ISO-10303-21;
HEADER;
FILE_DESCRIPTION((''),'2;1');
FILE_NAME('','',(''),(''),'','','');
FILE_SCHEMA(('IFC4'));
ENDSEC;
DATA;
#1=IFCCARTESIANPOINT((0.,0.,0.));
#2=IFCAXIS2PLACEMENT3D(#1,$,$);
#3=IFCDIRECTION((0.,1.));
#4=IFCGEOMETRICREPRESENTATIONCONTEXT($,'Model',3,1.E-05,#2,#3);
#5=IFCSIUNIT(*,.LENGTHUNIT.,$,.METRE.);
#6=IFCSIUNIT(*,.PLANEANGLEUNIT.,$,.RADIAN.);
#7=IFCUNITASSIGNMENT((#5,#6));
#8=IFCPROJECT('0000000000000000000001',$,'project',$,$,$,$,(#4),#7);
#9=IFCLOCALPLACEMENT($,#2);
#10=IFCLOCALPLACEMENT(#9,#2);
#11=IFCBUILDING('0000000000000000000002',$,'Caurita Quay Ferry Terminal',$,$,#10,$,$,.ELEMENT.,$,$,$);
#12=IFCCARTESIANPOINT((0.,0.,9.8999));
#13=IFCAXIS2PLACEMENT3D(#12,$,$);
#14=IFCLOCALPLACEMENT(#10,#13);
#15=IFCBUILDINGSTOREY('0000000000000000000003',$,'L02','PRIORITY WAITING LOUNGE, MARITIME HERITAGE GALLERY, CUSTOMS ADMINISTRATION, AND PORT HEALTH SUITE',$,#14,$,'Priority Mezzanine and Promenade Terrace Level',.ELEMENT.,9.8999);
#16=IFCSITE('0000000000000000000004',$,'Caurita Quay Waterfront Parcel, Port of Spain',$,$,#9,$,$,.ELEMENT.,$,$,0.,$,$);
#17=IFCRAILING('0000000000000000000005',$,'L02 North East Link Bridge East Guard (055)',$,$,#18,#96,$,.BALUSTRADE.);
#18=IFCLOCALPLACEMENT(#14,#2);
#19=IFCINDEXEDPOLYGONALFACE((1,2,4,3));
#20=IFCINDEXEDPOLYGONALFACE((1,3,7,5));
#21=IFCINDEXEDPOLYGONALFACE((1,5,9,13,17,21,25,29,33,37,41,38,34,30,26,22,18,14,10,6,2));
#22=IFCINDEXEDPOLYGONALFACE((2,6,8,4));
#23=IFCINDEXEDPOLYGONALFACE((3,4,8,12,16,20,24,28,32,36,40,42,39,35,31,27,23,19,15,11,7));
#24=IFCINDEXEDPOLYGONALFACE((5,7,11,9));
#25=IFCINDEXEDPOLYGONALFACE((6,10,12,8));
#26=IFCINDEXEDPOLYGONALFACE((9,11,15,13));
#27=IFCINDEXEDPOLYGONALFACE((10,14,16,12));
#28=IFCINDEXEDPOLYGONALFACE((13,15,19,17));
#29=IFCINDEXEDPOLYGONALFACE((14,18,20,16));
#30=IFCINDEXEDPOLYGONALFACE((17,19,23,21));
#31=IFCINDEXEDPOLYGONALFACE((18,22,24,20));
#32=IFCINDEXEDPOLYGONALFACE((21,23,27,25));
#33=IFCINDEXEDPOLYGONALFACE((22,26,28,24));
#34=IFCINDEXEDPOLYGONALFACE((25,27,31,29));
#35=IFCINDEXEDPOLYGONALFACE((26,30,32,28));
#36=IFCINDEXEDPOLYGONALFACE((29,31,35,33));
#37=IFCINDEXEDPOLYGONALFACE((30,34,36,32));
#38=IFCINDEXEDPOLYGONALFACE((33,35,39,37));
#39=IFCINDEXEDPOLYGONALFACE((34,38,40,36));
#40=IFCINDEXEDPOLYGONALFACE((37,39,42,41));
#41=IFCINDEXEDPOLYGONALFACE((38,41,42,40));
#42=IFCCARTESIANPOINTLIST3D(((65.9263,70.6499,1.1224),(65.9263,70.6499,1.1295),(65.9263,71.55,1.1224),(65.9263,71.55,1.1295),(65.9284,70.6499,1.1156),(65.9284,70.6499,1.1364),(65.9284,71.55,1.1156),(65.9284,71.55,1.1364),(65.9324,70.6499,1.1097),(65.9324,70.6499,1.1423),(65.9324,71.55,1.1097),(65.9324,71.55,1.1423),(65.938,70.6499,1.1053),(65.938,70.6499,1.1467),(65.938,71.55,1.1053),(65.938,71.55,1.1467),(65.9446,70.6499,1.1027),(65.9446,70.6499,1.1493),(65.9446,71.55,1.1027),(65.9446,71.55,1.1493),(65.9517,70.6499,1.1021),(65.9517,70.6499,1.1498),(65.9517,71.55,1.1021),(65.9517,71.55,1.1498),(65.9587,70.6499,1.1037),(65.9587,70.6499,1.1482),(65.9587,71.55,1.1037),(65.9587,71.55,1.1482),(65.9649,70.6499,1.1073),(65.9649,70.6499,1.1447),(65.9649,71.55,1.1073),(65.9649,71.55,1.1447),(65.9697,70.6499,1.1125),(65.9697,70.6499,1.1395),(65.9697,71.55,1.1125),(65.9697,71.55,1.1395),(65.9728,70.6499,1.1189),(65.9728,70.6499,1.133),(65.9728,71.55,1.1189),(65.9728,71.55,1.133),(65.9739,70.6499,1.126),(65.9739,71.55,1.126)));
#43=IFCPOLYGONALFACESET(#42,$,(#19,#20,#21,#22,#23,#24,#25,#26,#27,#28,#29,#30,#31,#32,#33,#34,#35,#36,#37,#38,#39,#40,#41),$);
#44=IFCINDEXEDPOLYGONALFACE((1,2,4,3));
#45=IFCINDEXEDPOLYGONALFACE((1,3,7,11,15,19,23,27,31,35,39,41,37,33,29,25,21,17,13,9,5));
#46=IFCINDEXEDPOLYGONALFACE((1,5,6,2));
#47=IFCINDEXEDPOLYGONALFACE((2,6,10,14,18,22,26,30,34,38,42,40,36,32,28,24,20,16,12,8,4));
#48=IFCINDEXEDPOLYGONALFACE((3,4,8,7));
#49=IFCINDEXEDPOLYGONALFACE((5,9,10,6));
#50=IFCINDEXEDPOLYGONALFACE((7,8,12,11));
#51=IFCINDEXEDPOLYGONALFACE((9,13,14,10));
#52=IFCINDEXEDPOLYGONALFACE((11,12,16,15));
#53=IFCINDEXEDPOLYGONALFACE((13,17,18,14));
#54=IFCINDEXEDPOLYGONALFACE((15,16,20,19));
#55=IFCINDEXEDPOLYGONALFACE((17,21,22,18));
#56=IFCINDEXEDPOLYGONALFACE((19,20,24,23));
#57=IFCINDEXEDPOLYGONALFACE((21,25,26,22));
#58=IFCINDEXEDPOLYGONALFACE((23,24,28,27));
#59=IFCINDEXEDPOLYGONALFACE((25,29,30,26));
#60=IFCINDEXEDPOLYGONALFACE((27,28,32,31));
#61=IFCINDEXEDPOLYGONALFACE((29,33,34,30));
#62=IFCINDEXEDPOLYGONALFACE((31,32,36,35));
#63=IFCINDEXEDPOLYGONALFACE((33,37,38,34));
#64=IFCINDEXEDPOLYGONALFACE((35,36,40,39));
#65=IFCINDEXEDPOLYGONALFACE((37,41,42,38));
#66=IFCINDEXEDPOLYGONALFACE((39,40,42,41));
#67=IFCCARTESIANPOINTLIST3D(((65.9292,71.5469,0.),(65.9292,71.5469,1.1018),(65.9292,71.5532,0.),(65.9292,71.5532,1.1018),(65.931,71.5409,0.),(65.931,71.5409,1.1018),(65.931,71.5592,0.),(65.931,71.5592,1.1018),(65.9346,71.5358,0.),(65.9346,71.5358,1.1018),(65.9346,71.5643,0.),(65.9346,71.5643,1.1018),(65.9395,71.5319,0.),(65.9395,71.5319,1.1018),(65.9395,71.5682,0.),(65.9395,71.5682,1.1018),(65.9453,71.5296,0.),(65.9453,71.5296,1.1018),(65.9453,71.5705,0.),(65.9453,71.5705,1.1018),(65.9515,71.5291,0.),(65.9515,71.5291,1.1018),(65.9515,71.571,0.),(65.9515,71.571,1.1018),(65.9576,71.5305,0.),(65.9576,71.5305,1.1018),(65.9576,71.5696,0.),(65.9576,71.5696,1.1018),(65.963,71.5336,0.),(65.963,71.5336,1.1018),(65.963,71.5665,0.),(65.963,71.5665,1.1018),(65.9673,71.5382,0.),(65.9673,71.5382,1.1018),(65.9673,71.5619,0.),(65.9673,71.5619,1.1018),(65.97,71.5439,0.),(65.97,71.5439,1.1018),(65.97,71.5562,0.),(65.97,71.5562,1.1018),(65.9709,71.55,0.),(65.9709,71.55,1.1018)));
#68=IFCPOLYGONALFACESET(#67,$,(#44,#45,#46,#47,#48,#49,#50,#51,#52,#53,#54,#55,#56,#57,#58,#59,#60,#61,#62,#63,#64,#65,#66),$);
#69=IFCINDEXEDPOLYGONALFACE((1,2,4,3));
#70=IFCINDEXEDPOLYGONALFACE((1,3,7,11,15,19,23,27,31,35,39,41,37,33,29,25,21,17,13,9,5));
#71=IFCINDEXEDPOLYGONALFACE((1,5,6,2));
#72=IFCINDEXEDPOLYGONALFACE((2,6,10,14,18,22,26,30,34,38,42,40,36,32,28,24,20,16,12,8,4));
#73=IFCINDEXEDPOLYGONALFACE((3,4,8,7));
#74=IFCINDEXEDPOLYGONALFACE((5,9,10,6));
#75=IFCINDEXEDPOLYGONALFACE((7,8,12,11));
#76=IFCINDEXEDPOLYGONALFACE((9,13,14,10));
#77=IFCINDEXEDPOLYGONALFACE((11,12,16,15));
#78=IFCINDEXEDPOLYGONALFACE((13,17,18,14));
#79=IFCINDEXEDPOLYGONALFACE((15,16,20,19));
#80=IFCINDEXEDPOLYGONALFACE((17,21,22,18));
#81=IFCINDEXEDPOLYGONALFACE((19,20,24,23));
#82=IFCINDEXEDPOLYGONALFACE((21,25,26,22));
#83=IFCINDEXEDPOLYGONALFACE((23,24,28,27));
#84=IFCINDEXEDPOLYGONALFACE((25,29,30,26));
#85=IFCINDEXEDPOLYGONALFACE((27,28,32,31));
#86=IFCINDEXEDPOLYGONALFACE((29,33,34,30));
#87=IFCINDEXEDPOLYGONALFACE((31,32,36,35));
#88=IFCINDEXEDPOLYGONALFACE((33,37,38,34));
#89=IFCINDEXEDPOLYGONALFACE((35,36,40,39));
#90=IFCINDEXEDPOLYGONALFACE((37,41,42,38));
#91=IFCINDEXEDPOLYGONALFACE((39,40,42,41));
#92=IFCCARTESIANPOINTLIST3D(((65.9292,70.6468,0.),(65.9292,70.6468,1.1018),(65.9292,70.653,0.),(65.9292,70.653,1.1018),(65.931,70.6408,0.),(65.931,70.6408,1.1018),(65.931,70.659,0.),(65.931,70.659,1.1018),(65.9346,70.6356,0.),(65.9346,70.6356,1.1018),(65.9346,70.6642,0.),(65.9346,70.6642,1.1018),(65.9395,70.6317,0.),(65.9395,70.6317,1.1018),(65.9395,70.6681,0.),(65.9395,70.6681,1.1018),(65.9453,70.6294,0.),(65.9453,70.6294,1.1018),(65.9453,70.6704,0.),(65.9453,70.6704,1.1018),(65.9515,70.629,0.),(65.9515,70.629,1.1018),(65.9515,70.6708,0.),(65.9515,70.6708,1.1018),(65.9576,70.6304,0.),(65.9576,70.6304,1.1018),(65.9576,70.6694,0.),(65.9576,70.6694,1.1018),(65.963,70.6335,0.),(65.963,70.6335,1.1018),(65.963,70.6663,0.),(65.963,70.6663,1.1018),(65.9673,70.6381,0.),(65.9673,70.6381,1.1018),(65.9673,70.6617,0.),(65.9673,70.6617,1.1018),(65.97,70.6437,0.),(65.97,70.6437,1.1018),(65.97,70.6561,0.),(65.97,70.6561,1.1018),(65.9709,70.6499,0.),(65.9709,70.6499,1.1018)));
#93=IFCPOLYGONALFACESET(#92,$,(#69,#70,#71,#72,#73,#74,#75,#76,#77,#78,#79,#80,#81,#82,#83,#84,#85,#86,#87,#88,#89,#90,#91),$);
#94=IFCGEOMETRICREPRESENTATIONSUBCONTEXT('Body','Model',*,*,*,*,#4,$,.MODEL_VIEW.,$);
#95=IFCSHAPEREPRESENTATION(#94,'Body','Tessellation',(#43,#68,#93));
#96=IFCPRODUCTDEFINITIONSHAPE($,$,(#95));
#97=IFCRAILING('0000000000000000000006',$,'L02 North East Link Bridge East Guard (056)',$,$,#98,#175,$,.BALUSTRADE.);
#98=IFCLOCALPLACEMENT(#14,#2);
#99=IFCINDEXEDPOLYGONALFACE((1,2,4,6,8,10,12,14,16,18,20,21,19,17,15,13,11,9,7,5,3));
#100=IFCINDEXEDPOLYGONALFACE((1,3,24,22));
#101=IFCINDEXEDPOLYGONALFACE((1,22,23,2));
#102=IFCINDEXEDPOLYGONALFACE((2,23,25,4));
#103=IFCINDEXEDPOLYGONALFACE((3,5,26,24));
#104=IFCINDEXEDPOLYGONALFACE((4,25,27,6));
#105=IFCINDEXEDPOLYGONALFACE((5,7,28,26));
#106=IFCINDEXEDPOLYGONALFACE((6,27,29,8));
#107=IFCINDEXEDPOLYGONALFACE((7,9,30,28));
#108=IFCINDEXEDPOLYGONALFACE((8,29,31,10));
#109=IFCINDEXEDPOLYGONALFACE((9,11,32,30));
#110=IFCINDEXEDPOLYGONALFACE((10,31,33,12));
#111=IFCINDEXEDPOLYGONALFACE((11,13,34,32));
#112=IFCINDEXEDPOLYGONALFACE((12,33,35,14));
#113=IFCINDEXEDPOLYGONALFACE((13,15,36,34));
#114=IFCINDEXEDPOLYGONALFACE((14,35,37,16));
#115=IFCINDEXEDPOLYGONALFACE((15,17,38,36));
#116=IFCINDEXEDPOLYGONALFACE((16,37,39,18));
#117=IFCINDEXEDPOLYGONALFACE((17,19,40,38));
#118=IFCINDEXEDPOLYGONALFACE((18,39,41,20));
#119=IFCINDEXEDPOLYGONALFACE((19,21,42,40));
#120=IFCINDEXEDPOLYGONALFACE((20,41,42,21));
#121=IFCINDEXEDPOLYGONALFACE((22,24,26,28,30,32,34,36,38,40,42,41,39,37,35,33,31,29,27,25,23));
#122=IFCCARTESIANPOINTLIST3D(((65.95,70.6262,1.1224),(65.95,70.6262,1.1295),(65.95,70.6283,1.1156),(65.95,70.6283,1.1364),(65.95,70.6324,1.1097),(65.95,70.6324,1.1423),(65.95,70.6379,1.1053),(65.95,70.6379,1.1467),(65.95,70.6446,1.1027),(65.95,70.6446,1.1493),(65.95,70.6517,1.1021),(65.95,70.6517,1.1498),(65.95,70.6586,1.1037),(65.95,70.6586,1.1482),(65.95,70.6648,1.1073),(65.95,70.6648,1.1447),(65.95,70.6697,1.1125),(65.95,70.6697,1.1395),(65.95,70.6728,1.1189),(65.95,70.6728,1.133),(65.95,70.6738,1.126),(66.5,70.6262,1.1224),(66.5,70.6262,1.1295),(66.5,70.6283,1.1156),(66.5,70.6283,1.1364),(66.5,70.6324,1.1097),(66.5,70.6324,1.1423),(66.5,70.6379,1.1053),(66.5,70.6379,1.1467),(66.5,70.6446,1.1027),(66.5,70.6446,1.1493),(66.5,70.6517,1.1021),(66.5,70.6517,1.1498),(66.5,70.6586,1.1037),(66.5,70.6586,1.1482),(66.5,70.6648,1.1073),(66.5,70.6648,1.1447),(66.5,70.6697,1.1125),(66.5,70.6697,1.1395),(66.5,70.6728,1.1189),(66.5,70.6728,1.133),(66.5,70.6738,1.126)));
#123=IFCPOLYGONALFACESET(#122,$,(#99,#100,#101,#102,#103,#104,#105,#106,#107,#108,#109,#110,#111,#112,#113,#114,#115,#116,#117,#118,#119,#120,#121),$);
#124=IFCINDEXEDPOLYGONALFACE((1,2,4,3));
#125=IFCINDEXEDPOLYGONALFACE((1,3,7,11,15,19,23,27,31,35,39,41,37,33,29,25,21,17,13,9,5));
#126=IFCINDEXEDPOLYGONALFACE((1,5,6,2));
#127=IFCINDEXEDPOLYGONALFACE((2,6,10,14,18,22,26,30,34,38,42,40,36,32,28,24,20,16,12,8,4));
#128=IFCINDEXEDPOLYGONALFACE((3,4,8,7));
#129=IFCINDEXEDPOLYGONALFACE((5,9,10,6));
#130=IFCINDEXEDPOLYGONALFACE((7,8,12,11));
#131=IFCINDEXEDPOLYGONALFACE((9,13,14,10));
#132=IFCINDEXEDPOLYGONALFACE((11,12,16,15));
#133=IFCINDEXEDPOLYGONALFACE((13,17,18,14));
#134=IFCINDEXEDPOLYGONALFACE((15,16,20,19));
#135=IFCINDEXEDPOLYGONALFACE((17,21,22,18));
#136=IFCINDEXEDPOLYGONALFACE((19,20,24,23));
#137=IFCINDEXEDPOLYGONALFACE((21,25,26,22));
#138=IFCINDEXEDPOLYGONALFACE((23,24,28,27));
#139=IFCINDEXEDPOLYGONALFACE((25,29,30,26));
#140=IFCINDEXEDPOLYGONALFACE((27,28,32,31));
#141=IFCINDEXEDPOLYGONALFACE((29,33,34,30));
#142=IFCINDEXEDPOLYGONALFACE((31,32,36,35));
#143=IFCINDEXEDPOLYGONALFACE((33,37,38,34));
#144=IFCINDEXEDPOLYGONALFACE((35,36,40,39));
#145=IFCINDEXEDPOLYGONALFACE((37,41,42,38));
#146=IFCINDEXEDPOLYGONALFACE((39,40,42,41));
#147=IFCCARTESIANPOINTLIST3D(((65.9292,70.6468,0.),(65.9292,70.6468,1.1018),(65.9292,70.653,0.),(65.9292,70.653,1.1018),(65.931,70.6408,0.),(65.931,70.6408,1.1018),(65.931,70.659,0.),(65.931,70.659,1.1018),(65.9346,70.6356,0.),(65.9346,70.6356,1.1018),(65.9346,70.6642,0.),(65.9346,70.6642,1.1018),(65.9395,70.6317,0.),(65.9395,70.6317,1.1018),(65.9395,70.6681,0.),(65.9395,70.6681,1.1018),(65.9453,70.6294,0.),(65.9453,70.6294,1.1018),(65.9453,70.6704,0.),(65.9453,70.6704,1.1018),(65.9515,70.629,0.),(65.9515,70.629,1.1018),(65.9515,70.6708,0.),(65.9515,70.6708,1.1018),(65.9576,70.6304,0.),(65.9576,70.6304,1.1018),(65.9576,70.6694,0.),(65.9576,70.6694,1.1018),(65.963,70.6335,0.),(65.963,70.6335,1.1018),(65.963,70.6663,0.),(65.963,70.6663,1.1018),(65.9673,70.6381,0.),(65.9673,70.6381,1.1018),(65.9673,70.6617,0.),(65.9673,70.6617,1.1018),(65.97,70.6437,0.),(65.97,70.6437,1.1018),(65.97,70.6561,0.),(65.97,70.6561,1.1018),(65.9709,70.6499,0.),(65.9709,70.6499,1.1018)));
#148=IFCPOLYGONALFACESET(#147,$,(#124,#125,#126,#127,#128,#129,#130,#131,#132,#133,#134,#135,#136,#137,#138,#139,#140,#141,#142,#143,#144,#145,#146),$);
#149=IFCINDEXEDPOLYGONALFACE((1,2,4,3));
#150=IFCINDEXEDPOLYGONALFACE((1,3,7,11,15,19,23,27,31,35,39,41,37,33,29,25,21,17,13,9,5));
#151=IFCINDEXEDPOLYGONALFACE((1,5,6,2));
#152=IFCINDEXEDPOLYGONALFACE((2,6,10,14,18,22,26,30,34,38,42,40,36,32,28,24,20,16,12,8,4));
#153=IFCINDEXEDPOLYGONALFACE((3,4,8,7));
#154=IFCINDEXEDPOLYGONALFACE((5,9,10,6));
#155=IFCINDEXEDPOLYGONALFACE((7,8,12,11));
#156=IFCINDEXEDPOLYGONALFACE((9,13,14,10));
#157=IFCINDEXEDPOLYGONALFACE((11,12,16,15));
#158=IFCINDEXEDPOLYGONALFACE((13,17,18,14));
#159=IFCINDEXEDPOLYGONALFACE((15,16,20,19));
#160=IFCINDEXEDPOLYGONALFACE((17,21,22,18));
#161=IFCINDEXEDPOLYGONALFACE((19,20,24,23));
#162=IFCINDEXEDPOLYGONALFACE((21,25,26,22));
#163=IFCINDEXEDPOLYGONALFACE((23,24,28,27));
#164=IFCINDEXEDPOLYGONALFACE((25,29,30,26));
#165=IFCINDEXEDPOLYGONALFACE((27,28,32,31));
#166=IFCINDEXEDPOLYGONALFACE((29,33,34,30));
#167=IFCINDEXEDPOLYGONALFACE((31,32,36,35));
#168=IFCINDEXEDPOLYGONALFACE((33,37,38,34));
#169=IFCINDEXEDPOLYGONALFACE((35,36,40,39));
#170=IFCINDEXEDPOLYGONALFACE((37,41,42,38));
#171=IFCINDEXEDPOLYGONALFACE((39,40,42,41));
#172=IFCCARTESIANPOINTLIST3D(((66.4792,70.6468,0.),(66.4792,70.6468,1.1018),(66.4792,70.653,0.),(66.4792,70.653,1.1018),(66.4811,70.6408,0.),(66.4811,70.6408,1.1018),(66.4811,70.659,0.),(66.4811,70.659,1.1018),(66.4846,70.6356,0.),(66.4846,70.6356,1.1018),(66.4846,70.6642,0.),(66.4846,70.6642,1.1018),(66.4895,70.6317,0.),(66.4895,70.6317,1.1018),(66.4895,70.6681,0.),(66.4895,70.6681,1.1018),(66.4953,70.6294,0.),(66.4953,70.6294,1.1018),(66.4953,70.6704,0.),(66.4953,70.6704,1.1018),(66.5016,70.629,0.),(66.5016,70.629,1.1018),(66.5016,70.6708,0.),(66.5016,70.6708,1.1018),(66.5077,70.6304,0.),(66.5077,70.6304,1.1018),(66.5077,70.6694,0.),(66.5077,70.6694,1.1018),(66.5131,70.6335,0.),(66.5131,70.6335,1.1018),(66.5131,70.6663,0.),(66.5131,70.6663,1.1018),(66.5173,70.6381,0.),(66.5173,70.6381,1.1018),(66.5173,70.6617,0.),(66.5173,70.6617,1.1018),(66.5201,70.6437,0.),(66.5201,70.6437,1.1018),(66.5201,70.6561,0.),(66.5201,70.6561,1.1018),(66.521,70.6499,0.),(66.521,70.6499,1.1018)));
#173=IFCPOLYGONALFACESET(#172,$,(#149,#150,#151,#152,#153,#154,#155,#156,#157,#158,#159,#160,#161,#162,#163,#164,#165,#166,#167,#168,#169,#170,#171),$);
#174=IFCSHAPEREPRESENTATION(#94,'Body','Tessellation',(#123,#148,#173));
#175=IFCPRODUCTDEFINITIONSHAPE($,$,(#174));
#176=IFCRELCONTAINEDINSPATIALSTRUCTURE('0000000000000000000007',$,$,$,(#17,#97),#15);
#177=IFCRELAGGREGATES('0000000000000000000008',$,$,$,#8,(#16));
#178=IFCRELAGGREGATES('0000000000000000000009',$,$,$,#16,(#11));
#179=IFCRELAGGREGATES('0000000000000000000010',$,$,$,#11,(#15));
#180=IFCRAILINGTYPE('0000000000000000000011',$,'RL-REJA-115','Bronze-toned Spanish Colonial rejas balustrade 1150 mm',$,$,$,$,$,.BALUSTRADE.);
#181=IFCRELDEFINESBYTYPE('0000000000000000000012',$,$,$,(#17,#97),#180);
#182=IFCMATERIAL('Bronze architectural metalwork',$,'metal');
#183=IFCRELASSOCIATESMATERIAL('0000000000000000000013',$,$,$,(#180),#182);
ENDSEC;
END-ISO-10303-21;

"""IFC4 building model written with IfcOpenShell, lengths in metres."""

from ifc_helpers import new_model, si_unit, direction, frame, origin, origin_2d, place, context, subcontext, project, spatial, circle, extrude, material, type_object, element, save


model = new_model("IFC4")

# Units and contexts
model_context = context("Model", 3, precision=1e-05, world=origin(), true_north=direction((0.0, 1.0)))
body_context = subcontext(model_context, "Body", "Model", "MODEL_VIEW")
ifc_project = project(units=[si_unit("LENGTHUNIT", "METRE"), si_unit("PLANEANGLEUNIT", "RADIAN")], contexts=[model_context])

# Site, building, storey
site_placement = place(None, origin())
site = spatial("IfcSite", under=ifc_project, at=site_placement, Name="Caurita Quay Waterfront Parcel, Port of Spain", CompositionType="ELEMENT", RefElevation=0.0)
building_placement = place(site_placement, origin())
building = spatial("IfcBuilding", under=site, at=building_placement, Name="Caurita Quay Ferry Terminal", CompositionType="ELEMENT")
storey_placement = place(building_placement, frame((0.0, 0.0, 9.8999)))
storey = spatial("IfcBuildingStorey", under=building, at=storey_placement, Name="L02", Description="PRIORITY WAITING LOUNGE, MARITIME HERITAGE GALLERY, CUSTOMS ADMINISTRATION, AND PORT HEALTH SUITE", LongName="Priority Mezzanine and Promenade Terrace Level", CompositionType="ELEMENT", Elevation=9.8999)

# Railings
ifc_material_1 = material(Name="Bronze architectural metalwork", Category="metal")
railing_type = type_object("IfcRailingType", Name="RL-REJA-115", Description="Bronze-toned Spanish Colonial rejas balustrade 1150 mm", PredefinedType="BALUSTRADE", material=ifc_material_1)
railing_1_placement = place(storey_placement, frame((65.95, 71.55, 0.0)))
element("IfcRailing", 1, at=railing_1_placement, inside=storey, type_object=railing_type, Name="L02 North East Link Bridge East Guard (055)", PredefinedType="BALUSTRADE", context=body_context, shape_type="SweptSolid", body=[
    extrude(circle(Radius=0.0239, at=origin_2d()), frame((0.0, 0.0, 1.126), z_axis=(0.0, -1.0, 0.0), x_axis=(1.0, 0.0, 0.0)), (0.0, 0.0, 1.0), 0.9001),
    extrude(circle(Radius=0.021, at=origin_2d()), origin(), (0.0, 0.0, 1.0), 1.1018),
    extrude(circle(Radius=0.021, at=origin_2d()), frame((0.0, -0.9001, 0.0)), (0.0, 0.0, 1.0), 1.1018),
])
railing_2_placement = place(storey_placement, frame((65.95, 70.6499, 0.0)))
element("IfcRailing", 2, at=railing_2_placement, inside=storey, type_object=railing_type, Name="L02 North East Link Bridge East Guard (056)", PredefinedType="BALUSTRADE", context=body_context, shape_type="SweptSolid", body=[
    extrude(circle(Radius=0.0239, at=origin_2d()), frame((0.0, 0.0, 1.126), z_axis=(1.0, 0.0, 0.0), x_axis=(0.0, 1.0, 0.0)), (0.0, 0.0, 1.0), 0.55),
    extrude(circle(Radius=0.021, at=origin_2d()), origin(), (0.0, 0.0, 1.0), 1.1018),
    extrude(circle(Radius=0.021, at=origin_2d()), frame((0.55, 0.0, 0.0)), (0.0, 0.0, 1.0), 1.1018),
])

save(model, "model.ifc")
